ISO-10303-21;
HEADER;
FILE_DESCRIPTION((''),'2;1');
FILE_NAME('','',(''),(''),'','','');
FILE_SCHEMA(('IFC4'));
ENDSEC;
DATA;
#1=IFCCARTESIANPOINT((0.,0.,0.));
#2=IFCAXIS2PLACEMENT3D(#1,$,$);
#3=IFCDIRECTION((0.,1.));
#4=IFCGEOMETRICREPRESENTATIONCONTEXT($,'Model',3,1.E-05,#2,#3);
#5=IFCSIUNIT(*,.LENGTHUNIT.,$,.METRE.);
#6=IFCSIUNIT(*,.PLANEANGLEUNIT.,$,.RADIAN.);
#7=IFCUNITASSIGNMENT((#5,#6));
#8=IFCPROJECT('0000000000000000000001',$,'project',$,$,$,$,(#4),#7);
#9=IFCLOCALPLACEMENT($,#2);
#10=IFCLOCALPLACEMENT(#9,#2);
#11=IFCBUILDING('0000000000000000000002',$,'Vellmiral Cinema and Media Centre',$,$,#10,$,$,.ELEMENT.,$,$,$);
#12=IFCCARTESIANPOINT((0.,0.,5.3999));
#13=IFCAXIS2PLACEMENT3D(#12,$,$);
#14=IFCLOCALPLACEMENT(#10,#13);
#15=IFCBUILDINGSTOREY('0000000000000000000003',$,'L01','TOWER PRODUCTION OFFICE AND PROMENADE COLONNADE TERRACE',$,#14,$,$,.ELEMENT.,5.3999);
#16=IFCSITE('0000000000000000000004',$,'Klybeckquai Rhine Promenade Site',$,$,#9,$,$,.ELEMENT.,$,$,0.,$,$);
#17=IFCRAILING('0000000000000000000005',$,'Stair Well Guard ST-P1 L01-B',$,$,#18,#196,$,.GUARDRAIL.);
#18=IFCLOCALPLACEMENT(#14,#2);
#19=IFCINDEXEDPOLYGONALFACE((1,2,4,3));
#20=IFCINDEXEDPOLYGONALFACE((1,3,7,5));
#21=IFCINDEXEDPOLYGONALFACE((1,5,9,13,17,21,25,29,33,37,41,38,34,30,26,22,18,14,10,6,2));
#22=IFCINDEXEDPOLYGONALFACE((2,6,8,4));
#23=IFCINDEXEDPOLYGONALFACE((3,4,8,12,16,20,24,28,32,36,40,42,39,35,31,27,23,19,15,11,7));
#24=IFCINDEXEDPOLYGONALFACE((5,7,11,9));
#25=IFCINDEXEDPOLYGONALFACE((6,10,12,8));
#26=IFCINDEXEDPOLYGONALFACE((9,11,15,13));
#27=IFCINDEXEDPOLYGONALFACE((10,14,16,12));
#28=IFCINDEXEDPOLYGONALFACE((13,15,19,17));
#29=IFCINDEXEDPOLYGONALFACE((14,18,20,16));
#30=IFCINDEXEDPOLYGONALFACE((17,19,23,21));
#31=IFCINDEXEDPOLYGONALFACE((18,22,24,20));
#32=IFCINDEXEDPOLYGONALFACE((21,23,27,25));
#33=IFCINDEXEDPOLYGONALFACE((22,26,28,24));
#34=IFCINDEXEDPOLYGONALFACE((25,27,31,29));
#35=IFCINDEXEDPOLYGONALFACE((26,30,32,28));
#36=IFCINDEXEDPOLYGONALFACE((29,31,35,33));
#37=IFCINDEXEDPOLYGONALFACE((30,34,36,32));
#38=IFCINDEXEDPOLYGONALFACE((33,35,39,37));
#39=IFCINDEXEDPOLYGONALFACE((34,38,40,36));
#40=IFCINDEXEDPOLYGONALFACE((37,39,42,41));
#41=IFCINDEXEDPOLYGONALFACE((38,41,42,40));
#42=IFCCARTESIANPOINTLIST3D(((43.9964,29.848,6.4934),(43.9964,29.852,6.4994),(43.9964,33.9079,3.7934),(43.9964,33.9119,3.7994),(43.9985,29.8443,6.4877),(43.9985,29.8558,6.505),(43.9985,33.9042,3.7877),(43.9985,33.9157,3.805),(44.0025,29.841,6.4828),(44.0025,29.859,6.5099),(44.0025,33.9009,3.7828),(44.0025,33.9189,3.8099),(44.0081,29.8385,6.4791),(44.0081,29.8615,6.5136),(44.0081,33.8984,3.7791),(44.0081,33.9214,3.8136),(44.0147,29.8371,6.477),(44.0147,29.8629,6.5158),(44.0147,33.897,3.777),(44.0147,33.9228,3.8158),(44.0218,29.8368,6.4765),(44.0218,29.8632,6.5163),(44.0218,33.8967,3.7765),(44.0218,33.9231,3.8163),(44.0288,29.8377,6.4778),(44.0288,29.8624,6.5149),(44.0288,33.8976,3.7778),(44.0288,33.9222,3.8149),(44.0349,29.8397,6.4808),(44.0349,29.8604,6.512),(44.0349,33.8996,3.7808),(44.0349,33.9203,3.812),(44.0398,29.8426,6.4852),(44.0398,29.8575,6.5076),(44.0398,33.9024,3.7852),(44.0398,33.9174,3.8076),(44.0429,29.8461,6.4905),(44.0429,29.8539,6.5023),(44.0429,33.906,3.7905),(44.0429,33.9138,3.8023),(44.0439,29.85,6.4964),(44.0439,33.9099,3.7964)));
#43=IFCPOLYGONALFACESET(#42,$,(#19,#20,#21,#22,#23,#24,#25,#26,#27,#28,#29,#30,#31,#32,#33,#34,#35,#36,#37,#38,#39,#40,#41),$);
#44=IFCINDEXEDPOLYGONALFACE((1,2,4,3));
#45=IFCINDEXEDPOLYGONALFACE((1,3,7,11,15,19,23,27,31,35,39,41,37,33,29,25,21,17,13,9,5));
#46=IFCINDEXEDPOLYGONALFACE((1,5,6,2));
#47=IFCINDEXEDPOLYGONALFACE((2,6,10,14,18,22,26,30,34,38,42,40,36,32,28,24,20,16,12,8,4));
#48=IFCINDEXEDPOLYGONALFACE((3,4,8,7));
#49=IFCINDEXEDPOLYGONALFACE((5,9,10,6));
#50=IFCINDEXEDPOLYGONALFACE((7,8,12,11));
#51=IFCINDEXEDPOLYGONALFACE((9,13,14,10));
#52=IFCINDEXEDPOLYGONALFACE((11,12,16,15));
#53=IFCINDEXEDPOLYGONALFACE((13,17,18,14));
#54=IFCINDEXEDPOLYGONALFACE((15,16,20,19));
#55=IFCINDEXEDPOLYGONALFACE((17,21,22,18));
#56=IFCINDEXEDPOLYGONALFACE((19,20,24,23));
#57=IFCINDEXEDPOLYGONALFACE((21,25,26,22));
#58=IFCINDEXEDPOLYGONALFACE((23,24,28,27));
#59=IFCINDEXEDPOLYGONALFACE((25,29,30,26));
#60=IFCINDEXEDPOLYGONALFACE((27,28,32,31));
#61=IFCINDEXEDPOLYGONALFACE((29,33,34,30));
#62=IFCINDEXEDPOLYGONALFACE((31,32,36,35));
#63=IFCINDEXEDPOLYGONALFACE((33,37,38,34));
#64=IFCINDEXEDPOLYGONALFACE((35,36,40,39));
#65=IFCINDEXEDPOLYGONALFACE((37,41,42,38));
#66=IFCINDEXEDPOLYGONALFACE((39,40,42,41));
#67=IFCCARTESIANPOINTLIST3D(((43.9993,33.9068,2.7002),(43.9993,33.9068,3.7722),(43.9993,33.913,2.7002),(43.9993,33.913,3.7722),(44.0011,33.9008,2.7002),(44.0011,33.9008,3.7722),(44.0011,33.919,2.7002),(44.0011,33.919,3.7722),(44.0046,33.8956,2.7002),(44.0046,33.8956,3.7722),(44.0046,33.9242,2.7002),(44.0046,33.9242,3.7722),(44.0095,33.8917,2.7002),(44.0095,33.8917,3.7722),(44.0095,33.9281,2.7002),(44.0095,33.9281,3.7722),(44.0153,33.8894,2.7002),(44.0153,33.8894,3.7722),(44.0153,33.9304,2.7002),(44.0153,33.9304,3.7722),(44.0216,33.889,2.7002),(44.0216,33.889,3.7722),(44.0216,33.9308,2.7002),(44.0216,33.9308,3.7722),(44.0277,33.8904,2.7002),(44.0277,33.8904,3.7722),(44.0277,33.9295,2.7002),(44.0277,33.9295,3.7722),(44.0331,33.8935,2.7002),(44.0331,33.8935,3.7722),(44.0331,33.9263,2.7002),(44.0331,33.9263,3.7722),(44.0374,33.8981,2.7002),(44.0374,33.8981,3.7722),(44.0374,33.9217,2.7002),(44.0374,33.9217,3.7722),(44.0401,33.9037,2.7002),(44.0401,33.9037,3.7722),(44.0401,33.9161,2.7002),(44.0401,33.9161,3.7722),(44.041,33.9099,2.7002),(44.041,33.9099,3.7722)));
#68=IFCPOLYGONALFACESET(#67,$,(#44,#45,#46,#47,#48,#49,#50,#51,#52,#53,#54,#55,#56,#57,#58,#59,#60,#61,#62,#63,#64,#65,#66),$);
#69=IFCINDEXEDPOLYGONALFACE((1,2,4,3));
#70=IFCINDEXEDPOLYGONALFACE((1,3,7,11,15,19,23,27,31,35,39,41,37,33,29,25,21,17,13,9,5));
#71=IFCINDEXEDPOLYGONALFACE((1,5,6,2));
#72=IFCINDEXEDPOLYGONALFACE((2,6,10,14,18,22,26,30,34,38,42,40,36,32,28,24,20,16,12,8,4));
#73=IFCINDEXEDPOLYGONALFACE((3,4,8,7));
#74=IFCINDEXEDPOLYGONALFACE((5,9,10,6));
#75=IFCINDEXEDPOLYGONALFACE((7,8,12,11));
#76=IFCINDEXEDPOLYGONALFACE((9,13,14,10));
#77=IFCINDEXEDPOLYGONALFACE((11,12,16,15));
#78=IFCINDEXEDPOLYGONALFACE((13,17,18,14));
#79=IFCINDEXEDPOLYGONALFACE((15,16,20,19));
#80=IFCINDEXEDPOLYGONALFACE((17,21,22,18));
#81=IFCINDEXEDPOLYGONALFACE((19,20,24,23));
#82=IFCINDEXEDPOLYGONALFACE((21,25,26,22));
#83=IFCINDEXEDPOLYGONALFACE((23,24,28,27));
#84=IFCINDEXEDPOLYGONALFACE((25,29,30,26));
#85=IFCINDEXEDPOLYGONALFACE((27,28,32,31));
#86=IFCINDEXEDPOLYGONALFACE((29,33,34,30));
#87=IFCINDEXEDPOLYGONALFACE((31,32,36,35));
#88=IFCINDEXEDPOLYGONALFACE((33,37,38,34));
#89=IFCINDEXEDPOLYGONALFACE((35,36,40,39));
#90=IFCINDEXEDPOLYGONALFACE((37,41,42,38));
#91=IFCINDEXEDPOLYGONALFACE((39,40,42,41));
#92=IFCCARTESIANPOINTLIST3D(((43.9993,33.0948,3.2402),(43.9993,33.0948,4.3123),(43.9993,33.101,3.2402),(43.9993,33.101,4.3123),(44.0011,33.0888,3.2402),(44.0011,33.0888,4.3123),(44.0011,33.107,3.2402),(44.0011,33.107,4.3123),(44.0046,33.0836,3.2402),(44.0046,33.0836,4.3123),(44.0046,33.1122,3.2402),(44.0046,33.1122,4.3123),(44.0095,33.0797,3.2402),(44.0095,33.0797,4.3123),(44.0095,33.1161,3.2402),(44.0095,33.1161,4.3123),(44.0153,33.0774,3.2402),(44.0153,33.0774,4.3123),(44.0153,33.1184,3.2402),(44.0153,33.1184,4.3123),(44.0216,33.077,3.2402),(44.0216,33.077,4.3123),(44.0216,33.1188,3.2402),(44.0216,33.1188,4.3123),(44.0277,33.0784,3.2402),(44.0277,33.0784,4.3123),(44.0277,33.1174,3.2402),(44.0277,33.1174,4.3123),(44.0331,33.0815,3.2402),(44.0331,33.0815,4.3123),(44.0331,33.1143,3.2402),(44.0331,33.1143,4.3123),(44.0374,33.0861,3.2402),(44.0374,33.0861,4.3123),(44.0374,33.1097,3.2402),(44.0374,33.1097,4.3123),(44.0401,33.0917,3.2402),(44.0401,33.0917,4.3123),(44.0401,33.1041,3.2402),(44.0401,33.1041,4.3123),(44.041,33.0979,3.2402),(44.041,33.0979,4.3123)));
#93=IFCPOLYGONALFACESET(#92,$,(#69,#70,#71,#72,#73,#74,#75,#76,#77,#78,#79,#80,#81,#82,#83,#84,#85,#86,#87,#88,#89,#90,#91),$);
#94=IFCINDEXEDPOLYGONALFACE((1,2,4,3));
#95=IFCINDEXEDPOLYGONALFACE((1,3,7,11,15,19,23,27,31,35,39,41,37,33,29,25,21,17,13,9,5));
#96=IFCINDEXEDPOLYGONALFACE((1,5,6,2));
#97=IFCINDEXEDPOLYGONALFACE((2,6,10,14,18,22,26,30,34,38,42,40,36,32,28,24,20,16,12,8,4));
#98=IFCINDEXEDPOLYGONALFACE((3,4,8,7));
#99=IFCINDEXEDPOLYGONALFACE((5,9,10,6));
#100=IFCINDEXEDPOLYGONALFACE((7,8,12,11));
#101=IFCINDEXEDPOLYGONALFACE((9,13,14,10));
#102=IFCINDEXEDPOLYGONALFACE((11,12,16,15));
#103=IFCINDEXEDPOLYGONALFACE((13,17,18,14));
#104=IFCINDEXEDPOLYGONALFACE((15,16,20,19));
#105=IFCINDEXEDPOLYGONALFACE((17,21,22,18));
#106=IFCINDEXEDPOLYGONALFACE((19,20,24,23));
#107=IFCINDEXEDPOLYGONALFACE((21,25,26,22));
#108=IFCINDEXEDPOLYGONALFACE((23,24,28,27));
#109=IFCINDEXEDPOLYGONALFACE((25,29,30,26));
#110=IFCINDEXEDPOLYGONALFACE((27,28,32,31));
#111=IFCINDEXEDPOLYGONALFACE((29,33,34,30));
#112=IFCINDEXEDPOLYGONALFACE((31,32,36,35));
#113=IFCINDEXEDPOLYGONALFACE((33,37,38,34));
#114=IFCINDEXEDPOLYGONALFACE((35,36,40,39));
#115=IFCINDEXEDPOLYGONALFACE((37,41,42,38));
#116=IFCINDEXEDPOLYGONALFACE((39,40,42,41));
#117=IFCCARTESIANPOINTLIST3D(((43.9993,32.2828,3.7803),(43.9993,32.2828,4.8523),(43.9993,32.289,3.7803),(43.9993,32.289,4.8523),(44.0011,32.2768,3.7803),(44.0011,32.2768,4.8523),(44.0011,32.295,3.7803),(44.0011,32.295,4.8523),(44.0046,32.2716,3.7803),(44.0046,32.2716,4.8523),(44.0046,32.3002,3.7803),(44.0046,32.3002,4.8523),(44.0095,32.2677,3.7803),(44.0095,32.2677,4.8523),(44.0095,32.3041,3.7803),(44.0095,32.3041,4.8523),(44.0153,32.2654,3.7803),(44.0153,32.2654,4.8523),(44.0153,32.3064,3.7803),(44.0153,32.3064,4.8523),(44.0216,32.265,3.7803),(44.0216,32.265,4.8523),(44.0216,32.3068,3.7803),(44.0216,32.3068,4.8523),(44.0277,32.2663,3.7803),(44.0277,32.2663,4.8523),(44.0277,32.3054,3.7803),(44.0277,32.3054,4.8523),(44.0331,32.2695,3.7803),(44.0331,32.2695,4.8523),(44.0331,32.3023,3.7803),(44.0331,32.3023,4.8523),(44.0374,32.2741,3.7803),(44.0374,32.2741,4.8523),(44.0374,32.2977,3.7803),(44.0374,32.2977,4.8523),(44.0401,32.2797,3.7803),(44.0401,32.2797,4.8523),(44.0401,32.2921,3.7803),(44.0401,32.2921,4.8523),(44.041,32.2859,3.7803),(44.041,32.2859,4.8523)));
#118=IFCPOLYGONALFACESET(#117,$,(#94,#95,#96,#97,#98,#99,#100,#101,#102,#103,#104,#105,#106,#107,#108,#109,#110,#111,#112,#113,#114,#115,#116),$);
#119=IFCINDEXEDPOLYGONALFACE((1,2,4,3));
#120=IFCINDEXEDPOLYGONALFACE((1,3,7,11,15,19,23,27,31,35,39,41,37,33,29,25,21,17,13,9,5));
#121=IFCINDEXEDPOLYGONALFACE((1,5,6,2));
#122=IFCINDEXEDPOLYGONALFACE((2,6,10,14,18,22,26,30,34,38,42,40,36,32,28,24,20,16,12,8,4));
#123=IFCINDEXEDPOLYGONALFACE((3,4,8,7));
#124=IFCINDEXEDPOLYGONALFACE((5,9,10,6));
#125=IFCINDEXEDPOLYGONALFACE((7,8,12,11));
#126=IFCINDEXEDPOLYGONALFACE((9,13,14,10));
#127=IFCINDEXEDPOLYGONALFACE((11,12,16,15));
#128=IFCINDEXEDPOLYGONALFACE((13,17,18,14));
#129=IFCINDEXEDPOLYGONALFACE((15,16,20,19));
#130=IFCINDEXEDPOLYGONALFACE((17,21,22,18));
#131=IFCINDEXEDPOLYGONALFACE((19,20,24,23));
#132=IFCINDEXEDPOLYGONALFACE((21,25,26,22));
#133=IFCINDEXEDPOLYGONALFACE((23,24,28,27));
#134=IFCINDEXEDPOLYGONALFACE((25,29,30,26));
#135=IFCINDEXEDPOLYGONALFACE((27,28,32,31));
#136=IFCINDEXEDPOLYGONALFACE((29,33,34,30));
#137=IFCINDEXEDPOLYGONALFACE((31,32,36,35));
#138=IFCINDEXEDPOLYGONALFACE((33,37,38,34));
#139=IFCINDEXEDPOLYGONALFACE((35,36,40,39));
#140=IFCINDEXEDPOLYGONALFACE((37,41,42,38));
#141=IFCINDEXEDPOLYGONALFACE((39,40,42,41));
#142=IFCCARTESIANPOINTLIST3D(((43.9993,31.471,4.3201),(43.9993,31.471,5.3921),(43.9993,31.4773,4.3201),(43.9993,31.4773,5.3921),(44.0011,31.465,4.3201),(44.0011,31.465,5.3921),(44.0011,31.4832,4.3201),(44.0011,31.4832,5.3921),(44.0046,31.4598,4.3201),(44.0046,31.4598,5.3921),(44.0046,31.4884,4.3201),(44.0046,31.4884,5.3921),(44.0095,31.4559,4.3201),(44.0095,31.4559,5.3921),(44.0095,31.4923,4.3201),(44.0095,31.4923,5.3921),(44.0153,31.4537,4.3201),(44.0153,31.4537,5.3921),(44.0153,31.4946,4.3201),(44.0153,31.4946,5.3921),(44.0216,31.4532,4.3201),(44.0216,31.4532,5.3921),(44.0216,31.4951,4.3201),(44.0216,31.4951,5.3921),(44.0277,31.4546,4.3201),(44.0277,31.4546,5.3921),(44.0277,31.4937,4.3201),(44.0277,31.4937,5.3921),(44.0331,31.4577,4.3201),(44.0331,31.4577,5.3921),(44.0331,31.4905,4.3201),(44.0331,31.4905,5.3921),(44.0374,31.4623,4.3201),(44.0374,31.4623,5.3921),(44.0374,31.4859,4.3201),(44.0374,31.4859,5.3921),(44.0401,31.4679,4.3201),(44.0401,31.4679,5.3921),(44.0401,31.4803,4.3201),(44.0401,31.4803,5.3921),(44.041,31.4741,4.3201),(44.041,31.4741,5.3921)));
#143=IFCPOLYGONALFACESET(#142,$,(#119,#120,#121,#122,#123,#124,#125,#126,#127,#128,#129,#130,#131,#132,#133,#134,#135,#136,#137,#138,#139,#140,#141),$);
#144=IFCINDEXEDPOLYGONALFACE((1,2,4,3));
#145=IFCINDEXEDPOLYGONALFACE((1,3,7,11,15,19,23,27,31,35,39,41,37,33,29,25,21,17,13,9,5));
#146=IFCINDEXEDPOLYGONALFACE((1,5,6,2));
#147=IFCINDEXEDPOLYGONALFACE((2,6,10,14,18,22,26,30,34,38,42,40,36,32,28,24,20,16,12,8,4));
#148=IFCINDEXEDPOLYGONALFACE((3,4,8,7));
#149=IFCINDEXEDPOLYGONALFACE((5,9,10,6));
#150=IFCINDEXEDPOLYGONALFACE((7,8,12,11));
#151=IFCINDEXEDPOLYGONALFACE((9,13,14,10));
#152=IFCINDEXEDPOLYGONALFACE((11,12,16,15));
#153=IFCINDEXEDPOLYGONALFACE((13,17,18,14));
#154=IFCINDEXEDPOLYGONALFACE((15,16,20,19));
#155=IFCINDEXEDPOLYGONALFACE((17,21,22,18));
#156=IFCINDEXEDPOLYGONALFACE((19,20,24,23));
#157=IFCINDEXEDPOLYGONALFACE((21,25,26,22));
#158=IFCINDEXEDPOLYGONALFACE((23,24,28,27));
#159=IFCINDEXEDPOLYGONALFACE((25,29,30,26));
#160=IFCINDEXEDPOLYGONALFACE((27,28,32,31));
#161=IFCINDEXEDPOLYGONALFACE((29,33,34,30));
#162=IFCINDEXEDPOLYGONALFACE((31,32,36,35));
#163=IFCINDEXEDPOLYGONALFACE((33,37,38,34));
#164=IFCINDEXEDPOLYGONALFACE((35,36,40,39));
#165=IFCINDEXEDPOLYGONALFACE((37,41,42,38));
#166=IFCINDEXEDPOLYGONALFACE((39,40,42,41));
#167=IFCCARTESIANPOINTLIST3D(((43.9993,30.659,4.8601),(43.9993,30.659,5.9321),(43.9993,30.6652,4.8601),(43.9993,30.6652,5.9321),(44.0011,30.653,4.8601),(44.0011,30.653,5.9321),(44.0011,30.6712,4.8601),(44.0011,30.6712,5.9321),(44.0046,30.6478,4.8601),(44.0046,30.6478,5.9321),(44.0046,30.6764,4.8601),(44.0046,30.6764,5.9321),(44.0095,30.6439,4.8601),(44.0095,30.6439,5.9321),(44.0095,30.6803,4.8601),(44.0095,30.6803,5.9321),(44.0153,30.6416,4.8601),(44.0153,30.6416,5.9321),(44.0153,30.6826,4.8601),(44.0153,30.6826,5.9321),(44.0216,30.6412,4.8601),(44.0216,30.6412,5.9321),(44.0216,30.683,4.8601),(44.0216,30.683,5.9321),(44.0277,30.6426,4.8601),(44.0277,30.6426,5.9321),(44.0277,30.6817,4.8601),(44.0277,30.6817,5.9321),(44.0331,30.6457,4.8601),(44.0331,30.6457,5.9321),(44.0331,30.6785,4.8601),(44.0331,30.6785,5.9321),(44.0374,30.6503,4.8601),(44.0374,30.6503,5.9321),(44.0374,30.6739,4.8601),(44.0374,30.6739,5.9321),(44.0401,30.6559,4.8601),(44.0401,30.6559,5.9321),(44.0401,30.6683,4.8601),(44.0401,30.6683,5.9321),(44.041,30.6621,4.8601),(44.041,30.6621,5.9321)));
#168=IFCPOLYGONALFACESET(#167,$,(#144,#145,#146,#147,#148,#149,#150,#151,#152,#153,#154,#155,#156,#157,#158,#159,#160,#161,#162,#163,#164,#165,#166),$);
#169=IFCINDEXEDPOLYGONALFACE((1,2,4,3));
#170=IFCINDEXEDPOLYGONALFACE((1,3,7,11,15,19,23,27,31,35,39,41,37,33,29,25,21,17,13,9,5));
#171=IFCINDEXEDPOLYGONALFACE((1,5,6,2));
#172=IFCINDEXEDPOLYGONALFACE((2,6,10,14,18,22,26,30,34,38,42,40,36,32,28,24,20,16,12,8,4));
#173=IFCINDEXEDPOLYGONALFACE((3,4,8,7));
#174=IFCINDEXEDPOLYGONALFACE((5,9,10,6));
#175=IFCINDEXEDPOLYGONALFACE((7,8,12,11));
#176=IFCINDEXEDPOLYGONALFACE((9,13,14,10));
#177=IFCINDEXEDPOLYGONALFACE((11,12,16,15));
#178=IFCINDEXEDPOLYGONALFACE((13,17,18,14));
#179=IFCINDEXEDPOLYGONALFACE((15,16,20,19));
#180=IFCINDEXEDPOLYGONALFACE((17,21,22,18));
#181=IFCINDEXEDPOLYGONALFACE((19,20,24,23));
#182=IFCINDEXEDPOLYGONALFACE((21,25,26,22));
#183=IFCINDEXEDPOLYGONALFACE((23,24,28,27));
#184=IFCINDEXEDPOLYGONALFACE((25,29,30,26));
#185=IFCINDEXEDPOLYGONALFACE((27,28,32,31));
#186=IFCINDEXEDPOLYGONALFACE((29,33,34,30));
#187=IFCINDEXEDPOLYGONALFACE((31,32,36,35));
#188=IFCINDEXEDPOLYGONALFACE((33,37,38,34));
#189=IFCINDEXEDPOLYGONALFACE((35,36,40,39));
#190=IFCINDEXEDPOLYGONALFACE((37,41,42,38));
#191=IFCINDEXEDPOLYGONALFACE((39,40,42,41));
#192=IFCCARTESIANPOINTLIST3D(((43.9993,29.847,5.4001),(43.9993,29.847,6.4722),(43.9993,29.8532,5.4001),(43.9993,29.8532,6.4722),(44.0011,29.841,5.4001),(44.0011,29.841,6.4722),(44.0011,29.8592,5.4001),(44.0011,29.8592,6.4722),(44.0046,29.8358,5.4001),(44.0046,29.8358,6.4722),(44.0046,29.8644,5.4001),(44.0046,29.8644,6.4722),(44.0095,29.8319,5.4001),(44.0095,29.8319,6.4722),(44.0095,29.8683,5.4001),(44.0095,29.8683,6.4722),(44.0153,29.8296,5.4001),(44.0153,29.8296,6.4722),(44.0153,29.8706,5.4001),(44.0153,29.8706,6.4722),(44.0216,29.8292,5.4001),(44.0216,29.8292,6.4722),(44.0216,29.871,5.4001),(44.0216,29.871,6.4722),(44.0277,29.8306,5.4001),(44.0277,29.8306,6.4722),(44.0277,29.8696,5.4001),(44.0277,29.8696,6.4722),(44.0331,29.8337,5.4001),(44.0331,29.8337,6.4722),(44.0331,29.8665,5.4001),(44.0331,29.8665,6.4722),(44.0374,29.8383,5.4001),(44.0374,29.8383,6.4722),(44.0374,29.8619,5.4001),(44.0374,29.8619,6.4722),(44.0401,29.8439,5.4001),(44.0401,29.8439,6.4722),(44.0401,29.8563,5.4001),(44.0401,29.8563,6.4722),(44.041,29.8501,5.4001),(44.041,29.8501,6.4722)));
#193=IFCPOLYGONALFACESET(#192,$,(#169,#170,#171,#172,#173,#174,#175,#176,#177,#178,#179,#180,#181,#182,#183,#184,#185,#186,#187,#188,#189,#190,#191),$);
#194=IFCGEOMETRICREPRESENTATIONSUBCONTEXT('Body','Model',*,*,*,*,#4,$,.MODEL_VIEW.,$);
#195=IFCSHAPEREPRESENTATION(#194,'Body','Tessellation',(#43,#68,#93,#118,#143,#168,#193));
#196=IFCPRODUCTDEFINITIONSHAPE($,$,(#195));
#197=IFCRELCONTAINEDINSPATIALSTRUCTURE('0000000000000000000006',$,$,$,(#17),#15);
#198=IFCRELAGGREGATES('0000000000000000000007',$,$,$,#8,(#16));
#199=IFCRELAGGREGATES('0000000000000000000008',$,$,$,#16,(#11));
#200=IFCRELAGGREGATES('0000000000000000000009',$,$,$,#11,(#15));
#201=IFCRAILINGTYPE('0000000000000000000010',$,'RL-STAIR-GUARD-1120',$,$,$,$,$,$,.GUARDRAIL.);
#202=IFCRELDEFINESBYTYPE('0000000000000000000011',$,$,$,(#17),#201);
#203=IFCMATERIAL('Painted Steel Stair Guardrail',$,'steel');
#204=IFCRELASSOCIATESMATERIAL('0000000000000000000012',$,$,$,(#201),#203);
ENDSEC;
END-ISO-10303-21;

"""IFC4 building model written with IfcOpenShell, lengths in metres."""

from ifc_helpers import new_model, si_unit, direction, frame, origin, origin_2d, place, context, subcontext, project, spatial, circle, extrude, material, type_object, element, save


model = new_model("IFC4")

# Units and contexts
model_context = context("Model", 3, precision=1e-05, world=origin(), true_north=direction((0.0, 1.0)))
body_context = subcontext(model_context, "Body", "Model", "MODEL_VIEW")
ifc_project = project(units=[si_unit("LENGTHUNIT", "METRE"), si_unit("PLANEANGLEUNIT", "RADIAN")], contexts=[model_context])

# Site, building, storey
site_placement = place(None, origin())
site = spatial("IfcSite", under=ifc_project, at=site_placement, Name="Klybeckquai Rhine Promenade Site", CompositionType="ELEMENT", RefElevation=0.0)
building_placement = place(site_placement, origin())
building = spatial("IfcBuilding", under=site, at=building_placement, Name="Vellmiral Cinema and Media Centre", CompositionType="ELEMENT")
storey_placement = place(building_placement, frame((0.0, 0.0, 5.3999)))
storey = spatial("IfcBuildingStorey", under=building, at=storey_placement, Name="L01", Description="TOWER PRODUCTION OFFICE AND PROMENADE COLONNADE TERRACE", CompositionType="ELEMENT", Elevation=5.3999)

# Railing
ifc_material_1 = material(Name="Painted Steel Stair Guardrail", Category="steel")
railing_type_1 = type_object("IfcRailingType", Name="RL-STAIR-GUARD-1120", PredefinedType="GUARDRAIL", material=ifc_material_1)
railing_1_placement = place(storey_placement, frame((44.02, 33.9099, 2.7002)))
element("IfcRailing", 1, at=railing_1_placement, inside=storey, type_object=railing_type_1, Name="Stair Well Guard ST-P1 L01-B", PredefinedType="GUARDRAIL", context=body_context, shape_type="SweptSolid", body=[
    extrude(circle(Radius=0.0239, at=origin_2d()), frame((0.0, 0.0, 1.0962), z_axis=(0.0, -0.832674, 0.553764), x_axis=(1.0, 0.0, 0.0)), (0.0, 0.0, 1.0), 4.8757),
    extrude(circle(Radius=0.021, at=origin_2d()), origin(), (0.0, 0.0, 1.0), 1.072),
    extrude(circle(Radius=0.021, at=origin_2d()), frame((0.0, -0.812, 0.54)), (0.0, 0.0, 1.0), 1.072),
    extrude(circle(Radius=0.021, at=origin_2d()), frame((0.0, -1.624, 1.0801)), (0.0, 0.0, 1.0), 1.072),
    extrude(circle(Radius=0.021, at=origin_2d()), frame((0.0, -2.4358, 1.6199)), (0.0, 0.0, 1.0), 1.072),
    extrude(circle(Radius=0.021, at=origin_2d()), frame((0.0, -3.2478, 2.1599)), (0.0, 0.0, 1.0), 1.072),
    extrude(circle(Radius=0.021, at=origin_2d()), frame((0.0, -4.0598, 2.7)), (0.0, 0.0, 1.0), 1.072),
])

save(model, "model.ifc")
